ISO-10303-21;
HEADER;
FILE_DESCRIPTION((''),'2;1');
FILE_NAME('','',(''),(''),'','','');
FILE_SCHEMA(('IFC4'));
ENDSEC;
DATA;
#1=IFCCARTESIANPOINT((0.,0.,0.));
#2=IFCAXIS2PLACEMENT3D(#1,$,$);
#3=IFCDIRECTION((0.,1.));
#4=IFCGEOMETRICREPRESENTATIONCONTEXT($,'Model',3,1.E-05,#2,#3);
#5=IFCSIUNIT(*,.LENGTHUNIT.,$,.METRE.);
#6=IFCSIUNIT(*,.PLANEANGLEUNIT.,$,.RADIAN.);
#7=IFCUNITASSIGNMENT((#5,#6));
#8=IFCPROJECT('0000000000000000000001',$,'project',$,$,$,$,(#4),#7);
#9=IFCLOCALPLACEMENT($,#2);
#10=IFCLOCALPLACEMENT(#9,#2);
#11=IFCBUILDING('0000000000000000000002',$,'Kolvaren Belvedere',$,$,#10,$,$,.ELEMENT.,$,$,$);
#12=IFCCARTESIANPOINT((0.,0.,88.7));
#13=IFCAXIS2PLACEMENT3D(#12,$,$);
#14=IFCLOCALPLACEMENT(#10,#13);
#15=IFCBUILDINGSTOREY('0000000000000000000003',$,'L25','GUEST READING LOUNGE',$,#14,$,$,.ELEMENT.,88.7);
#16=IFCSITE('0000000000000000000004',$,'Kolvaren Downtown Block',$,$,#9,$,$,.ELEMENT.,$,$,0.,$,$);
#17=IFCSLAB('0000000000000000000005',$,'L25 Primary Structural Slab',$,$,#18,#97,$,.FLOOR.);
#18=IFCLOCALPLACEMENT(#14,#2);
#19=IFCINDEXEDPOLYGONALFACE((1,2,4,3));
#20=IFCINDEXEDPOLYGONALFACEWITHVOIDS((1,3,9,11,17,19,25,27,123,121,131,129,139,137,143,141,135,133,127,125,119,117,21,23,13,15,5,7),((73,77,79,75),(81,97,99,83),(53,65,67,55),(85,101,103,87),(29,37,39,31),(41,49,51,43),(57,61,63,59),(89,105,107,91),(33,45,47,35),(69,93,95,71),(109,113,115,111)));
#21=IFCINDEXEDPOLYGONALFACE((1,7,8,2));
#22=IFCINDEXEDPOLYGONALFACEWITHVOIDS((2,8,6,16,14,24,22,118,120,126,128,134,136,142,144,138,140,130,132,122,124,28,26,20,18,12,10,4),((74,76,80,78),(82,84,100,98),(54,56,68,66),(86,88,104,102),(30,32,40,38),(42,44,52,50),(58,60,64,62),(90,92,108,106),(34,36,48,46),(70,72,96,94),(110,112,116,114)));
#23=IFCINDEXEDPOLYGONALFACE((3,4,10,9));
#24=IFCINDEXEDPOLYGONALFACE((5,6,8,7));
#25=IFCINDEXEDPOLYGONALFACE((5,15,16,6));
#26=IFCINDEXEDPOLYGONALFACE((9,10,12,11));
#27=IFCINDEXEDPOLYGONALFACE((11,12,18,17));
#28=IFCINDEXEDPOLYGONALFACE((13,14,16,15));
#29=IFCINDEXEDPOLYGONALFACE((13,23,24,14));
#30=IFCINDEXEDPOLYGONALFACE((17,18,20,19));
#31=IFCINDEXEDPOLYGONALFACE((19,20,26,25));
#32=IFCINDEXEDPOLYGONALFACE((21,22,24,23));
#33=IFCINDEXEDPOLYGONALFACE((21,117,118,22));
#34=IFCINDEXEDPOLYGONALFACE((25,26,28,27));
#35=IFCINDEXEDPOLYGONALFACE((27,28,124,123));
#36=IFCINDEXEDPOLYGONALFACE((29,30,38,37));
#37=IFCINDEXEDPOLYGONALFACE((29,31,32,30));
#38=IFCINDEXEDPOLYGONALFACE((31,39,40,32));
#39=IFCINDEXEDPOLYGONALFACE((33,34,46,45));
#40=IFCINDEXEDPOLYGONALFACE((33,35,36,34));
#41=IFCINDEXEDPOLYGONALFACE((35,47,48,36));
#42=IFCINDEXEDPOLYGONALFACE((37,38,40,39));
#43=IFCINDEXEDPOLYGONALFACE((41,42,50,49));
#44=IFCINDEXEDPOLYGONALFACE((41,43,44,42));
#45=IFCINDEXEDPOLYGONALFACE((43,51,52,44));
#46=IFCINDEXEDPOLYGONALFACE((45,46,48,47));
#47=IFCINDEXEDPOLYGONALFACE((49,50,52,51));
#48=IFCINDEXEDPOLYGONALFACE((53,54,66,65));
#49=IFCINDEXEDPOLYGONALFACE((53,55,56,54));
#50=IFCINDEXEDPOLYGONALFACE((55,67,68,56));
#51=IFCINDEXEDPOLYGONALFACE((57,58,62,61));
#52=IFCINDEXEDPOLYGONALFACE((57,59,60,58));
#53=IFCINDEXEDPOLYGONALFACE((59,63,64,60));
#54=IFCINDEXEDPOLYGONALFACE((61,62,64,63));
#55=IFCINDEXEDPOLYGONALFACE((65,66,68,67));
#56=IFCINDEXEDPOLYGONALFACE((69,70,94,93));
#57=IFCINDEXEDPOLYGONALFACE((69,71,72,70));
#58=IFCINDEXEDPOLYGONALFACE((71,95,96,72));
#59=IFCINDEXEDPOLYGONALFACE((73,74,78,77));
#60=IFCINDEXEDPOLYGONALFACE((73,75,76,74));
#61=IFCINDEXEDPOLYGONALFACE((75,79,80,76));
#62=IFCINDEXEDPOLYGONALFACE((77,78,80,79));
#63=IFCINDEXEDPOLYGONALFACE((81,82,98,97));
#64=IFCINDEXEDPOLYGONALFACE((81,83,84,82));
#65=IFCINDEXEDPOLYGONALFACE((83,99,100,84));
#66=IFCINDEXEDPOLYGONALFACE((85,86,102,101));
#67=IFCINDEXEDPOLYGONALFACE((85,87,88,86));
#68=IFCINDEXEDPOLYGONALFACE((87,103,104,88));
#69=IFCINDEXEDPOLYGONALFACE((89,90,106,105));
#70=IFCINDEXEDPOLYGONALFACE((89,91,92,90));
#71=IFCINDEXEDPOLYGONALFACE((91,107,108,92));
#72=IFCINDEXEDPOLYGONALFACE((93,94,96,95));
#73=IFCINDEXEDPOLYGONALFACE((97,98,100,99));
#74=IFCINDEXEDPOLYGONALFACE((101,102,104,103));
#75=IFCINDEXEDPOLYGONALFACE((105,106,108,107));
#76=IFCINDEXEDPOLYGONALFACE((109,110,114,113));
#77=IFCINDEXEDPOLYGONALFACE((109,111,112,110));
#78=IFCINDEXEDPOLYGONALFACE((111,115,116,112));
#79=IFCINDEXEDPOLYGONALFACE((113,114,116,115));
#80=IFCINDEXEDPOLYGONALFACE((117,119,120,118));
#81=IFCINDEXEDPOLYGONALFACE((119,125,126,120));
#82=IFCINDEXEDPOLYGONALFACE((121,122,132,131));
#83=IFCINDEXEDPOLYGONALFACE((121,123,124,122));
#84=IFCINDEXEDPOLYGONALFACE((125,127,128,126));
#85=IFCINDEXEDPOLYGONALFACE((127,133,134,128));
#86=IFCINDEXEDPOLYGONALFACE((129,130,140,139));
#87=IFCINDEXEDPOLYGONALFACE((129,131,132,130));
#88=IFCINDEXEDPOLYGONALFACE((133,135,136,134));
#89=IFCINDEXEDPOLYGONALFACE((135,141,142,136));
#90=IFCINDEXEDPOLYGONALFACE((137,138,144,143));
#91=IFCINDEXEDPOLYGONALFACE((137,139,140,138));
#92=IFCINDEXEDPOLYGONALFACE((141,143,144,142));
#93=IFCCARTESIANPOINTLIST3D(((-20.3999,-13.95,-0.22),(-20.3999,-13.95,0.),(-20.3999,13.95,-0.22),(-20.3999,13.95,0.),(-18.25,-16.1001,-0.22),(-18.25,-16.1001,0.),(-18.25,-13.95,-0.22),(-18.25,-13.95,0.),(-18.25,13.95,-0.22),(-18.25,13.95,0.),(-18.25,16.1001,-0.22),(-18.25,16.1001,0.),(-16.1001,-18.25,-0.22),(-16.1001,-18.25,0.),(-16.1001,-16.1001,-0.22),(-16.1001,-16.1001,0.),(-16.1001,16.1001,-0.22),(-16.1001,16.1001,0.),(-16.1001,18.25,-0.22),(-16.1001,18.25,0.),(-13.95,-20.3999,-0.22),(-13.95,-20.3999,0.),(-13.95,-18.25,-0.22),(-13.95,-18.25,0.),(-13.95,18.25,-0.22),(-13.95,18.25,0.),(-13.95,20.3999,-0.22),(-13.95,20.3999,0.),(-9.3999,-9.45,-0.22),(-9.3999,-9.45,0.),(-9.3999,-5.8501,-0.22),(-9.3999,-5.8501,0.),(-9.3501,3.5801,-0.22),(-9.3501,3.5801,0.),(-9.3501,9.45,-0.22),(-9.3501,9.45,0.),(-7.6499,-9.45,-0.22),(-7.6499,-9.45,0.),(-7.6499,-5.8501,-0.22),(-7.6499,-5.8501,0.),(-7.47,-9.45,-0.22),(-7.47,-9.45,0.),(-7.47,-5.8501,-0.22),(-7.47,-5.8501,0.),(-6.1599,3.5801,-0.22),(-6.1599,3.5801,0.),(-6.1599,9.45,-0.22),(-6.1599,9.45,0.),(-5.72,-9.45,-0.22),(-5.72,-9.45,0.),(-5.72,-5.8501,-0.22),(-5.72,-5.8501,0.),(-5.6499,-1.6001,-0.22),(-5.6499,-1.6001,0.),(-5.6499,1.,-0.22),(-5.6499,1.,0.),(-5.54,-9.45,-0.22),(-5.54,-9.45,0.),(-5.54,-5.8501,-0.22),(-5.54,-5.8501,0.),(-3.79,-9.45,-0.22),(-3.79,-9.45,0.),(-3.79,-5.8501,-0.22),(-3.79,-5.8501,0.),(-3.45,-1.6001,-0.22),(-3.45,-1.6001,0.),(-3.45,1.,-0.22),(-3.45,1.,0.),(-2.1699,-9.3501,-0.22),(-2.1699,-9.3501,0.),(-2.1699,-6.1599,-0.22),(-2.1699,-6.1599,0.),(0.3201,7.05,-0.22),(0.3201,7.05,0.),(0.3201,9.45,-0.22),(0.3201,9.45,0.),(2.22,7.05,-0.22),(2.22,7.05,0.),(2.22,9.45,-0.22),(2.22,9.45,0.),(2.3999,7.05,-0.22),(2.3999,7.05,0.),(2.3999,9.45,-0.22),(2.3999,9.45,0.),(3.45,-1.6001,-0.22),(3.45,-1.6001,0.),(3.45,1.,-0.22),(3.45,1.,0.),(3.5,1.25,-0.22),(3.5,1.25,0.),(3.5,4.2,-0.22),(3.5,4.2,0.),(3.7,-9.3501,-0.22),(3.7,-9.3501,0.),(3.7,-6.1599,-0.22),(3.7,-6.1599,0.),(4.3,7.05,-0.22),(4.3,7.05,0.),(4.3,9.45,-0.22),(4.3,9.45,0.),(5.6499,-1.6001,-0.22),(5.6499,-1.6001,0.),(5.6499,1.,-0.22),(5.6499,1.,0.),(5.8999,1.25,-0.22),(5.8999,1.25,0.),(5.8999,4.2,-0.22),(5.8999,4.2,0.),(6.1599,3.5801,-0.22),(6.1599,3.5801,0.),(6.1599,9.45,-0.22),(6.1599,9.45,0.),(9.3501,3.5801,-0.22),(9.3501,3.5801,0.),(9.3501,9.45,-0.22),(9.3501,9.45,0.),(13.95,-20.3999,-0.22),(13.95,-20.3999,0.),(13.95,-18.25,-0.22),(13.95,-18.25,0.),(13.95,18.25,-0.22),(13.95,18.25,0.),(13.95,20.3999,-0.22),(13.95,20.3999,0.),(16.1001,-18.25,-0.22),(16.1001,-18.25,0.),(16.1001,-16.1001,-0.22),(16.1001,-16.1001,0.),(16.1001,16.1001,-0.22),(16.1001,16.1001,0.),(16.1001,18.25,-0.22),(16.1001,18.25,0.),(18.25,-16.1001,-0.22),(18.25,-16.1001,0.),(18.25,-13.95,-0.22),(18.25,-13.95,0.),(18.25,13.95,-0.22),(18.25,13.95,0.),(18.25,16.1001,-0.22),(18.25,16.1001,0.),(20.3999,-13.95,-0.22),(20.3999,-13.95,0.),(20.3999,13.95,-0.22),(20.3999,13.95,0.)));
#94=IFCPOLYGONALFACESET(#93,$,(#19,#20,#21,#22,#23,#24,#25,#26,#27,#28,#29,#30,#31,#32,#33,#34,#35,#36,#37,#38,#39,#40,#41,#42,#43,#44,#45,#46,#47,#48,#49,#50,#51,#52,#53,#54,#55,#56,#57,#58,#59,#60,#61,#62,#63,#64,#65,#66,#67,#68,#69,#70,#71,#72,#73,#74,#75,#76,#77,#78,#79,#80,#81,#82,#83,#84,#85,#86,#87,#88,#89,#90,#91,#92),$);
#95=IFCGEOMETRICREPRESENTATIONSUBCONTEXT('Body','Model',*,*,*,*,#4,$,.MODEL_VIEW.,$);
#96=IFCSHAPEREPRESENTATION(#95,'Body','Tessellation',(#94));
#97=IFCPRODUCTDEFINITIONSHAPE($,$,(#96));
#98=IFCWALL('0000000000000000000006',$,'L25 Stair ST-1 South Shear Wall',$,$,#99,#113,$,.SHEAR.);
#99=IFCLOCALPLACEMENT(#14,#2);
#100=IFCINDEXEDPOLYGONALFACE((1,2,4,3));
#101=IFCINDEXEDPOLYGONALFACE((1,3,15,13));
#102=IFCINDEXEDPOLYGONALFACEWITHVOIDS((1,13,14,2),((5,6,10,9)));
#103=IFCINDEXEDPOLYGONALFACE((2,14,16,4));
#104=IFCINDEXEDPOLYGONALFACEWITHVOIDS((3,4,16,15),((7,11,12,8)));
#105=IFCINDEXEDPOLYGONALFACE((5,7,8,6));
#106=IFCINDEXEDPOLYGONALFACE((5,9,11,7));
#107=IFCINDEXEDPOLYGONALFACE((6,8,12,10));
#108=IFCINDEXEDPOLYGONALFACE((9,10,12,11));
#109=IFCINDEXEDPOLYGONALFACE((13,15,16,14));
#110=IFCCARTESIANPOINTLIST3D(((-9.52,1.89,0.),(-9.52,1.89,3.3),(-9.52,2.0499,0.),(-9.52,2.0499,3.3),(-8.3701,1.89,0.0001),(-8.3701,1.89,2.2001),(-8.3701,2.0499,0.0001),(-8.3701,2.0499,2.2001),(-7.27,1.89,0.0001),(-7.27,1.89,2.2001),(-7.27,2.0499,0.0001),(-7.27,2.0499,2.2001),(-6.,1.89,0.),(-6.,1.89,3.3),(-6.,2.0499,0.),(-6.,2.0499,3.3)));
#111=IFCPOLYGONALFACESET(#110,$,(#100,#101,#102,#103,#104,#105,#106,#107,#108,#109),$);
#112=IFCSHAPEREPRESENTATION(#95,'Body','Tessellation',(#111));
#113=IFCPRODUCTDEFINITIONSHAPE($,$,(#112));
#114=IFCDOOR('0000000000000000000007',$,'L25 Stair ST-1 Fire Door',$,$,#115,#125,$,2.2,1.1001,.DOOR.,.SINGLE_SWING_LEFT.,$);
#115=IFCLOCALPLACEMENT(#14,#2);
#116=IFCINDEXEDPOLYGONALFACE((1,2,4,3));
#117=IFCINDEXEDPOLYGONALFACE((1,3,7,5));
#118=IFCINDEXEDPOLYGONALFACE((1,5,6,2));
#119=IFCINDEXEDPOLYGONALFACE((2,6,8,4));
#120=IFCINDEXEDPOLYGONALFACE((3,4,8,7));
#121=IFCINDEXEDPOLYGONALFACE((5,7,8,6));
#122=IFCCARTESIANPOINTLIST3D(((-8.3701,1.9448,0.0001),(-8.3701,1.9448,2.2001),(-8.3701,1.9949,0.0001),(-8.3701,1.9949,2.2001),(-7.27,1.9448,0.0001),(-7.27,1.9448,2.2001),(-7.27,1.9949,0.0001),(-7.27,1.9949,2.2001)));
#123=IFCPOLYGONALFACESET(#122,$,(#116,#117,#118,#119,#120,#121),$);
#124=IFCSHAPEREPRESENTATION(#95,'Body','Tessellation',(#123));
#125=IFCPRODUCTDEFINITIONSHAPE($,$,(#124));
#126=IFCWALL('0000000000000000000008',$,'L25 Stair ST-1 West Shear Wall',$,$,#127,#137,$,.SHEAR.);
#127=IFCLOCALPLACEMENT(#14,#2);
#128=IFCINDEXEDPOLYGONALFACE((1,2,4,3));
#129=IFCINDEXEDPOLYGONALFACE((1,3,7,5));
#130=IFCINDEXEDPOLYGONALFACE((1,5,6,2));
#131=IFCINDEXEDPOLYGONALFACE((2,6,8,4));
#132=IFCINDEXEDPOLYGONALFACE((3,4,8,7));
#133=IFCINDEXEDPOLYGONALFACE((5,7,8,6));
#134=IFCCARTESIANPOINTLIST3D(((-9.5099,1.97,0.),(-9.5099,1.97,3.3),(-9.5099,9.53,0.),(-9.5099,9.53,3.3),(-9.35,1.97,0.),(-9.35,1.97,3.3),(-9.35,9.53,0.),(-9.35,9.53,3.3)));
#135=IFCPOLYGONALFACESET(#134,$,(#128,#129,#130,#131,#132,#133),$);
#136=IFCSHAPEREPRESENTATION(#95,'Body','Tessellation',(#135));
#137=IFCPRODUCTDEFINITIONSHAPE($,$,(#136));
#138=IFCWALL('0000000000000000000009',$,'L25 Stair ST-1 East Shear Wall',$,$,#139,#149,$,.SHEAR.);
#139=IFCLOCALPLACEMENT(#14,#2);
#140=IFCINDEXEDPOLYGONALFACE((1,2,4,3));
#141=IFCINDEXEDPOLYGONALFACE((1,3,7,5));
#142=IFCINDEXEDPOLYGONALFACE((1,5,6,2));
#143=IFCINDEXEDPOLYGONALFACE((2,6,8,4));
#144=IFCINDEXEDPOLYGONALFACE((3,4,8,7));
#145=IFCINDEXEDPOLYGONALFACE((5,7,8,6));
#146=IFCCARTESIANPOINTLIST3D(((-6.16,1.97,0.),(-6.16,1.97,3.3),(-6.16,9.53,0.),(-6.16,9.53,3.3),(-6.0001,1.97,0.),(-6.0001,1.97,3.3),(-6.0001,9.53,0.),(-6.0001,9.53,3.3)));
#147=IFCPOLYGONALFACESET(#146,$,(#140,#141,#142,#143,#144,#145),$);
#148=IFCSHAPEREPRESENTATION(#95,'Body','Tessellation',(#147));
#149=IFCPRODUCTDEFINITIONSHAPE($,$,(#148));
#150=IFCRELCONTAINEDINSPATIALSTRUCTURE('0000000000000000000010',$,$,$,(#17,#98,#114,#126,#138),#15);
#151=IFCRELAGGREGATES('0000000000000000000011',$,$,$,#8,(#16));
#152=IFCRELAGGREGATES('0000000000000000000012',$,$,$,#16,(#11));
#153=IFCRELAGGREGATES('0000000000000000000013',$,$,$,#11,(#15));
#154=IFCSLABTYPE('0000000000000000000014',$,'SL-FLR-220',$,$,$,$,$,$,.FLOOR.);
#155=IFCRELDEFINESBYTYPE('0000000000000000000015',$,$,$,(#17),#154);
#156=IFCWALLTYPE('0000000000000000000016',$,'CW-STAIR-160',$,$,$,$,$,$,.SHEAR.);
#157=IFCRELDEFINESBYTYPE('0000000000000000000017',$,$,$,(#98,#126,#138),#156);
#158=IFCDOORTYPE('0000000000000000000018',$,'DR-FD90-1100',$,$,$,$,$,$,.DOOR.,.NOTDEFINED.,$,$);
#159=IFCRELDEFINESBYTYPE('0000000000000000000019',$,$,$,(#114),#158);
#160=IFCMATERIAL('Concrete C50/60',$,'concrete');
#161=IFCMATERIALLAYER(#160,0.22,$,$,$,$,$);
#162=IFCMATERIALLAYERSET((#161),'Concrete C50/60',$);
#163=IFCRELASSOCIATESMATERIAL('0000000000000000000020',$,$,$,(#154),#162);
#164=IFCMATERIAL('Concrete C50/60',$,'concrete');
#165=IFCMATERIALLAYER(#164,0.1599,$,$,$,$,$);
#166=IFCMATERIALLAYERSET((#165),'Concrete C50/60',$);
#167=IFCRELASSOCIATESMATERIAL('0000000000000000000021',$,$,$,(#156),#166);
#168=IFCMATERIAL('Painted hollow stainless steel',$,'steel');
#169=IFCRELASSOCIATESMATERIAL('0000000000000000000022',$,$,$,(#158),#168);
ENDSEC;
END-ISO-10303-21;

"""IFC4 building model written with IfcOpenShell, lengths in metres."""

from ifc_helpers import new_model, si_unit, direction, frame, frame_2d, origin, place, context, subcontext, project, spatial, polyline, rectangle, outline, extrude, material, layer, layer_set, type_object, element, fill, save


model = new_model("IFC4")

# Units and contexts
model_context = context("Model", 3, precision=1e-05, world=origin(), true_north=direction((0.0, 1.0)))
body_context = subcontext(model_context, "Body", "Model", "MODEL_VIEW")
ifc_project = project(units=[si_unit("LENGTHUNIT", "METRE"), si_unit("PLANEANGLEUNIT", "RADIAN")], contexts=[model_context])

# Site, building, storey
site_placement = place(None, origin())
site = spatial("IfcSite", under=ifc_project, at=site_placement, Name="Kolvaren Downtown Block", CompositionType="ELEMENT", RefElevation=0.0)
building_placement = place(site_placement, origin())
building = spatial("IfcBuilding", under=site, at=building_placement, Name="Kolvaren Belvedere", CompositionType="ELEMENT")
storey_placement = place(building_placement, frame((0.0, 0.0, 88.7)))
storey = spatial("IfcBuildingStorey", under=building, at=storey_placement, Name="L25", Description="GUEST READING LOUNGE", CompositionType="ELEMENT", Elevation=88.7)

# Slab
ifc_material_1 = material(Name="Concrete C50/60", Category="concrete")
ifc_layer_1 = layer(ifc_material_1, 0.22)
ifc_layer_set_1 = layer_set([ifc_layer_1], Name="Concrete C50/60")
slab_type_1 = type_object("IfcSlabType", Name="SL-FLR-220", PredefinedType="FLOOR", material=ifc_layer_set_1)
slab_1_placement = place(storey_placement, frame((0.0, 0.0, -0.22)))
element("IfcSlab", 1, at=slab_1_placement, inside=storey, type_object=slab_type_1, Name="L25 Primary Structural Slab", PredefinedType="FLOOR", context=body_context, shape_type="SweptSolid", body=[
    extrude(outline(polyline([(-13.95, -20.3999), (13.95, -20.3999), (13.95, -18.25), (16.1001, -18.25), (16.1001, -16.1001), (18.25, -16.1001), (18.25, -13.95), (20.3999, -13.95), (20.3999, 13.95), (18.25, 13.95), (18.25, 16.1001), (16.1001, 16.1001), (16.1001, 18.25), (13.95, 18.25), (13.95, 20.3999), (-13.95, 20.3999), (-13.95, 18.25), (-16.1001, 18.25), (-16.1001, 16.1001), (-18.25, 16.1001), (-18.25, 13.95), (-20.3999, 13.95), (-20.3999, -13.95), (-18.25, -13.95), (-18.25, -16.1001), (-16.1001, -16.1001), (-16.1001, -18.25), (-13.95, -18.25), (-13.95, -20.3999)]), holes=[polyline([(-9.3501, 3.5801), (-6.1599, 3.5801), (-6.1599, 9.45), (-9.3501, 9.45), (-9.3501, 3.5801)]), polyline([(6.1599, 3.5801), (9.3501, 3.5801), (9.3501, 9.45), (6.1599, 9.45), (6.1599, 3.5801)]), polyline([(-2.1699, -9.3501), (3.7, -9.3501), (3.7, -6.1599), (-2.1699, -6.1599), (-2.1699, -9.3501)]), polyline([(-5.6499, -1.6001), (-3.45, -1.6001), (-3.45, 1.0), (-5.6499, 1.0), (-5.6499, -1.6001)]), polyline([(3.5, 1.25), (5.8999, 1.25), (5.8999, 4.2), (3.5, 4.2), (3.5, 1.25)]), polyline([(3.45, -1.6001), (5.6499, -1.6001), (5.6499, 1.0), (3.45, 1.0), (3.45, -1.6001)]), polyline([(-9.3999, -9.45), (-7.6499, -9.45), (-7.6499, -5.8501), (-9.3999, -5.8501), (-9.3999, -9.45)]), polyline([(-7.47, -9.45), (-5.72, -9.45), (-5.72, -5.8501), (-7.47, -5.8501), (-7.47, -9.45)]), polyline([(-5.54, -9.45), (-3.79, -9.45), (-3.79, -5.8501), (-5.54, -5.8501), (-5.54, -9.45)]), polyline([(0.3201, 7.05), (2.22, 7.05), (2.22, 9.45), (0.3201, 9.45), (0.3201, 7.05)]), polyline([(2.3999, 7.05), (4.3, 7.05), (4.3, 9.45), (2.3999, 9.45), (2.3999, 7.05)])]), origin(), (0.0, 0.0, 1.0), 0.22),
])

# Wall, opening, door
ifc_material_2 = material(Name="Concrete C50/60", Category="concrete")
ifc_layer_2 = layer(ifc_material_2, 0.1599)
ifc_layer_set_2 = layer_set([ifc_layer_2], Name="Concrete C50/60")
wall_type_1 = type_object("IfcWallType", Name="CW-STAIR-160", PredefinedType="SHEAR", material=ifc_layer_set_2)
wall_1_placement = place(storey_placement, frame((-9.52, 1.97, 0.0), z_axis=(0.0, 0.0, 1.0), x_axis=(1.0, 0.0, 0.0)))
wall_1 = element("IfcWall", 2, at=wall_1_placement, inside=storey, type_object=wall_type_1, Name="L25 Stair ST-1 South Shear Wall", PredefinedType="SHEAR", context=body_context, shape_type="SweptSolid", body=[
    extrude(rectangle(XDim=3.52, YDim=0.1599, at=frame_2d((1.76, 0.0))), origin(), (0.0, 0.0, 1.0), 3.3),
])
opening_1_placement = place(wall_1_placement, frame((1.1499, 0.0, 0.0)))
opening_1 = element("IfcOpeningElement", 3, at=opening_1_placement, cuts=wall_1, PredefinedType="OPENING", context=body_context, shape_type="SweptSolid", body=[
    extrude(rectangle(XDim=1.1001, YDim=2.2, at=frame_2d((0.55, 1.1001))), frame((0.0, 0.0898, 0.0), z_axis=(0.0, -1.0, 0.0), x_axis=(1.0, 0.0, 0.0)), (0.0, 0.0, 1.0), 0.1799),
])
ifc_material_3 = material(Name="Painted hollow stainless steel", Category="steel")
door_type_1 = type_object("IfcDoorType", Name="DR-FD90-1100", OperationType="NOTDEFINED", PredefinedType="DOOR", material=ifc_material_3)
door_1_placement = place(opening_1_placement, origin())
door_1 = element("IfcDoor", 4, at=door_1_placement, inside=storey, type_object=door_type_1, Name="L25 Stair ST-1 Fire Door", OperationType="SINGLE_SWING_LEFT", OverallHeight=2.2, OverallWidth=1.1001, PredefinedType="DOOR", context=body_context, shape_type="SweptSolid", body=[
    extrude(rectangle(XDim=1.1001, YDim=2.2, at=frame_2d((0.55, 1.1001))), frame((0.0, 0.0249, 0.0), z_axis=(0.0, -1.0, 0.0), x_axis=(1.0, 0.0, 0.0)), (0.0, 0.0, 1.0), 0.05),
])
fill(opening_1, door_1)

# Walls
for number, where, z_axis, x_axis, name in (
    (5, (-9.4299, 1.97, 0.0), (0.0, 0.0, 1.0), (0.0, 1.0, 0.0), "L25 Stair ST-1 West Shear Wall"),
    (6, (-6.0801, 1.97, 0.0), (0.0, 0.0, 1.0), (0.0, 1.0, 0.0), "L25 Stair ST-1 East Shear Wall"),
):
    element("IfcWall", number, at=place(storey_placement, frame(where, z_axis=z_axis, x_axis=x_axis)), inside=storey, type_object=wall_type_1, Name=name, PredefinedType="SHEAR", context=body_context, shape_type="SweptSolid", body=[
        extrude(rectangle(XDim=7.5601, YDim=0.1599, at=frame_2d((3.78, 0.0))), origin(), (0.0, 0.0, 1.0), 3.3),
    ])

save(model, "model.ifc")
